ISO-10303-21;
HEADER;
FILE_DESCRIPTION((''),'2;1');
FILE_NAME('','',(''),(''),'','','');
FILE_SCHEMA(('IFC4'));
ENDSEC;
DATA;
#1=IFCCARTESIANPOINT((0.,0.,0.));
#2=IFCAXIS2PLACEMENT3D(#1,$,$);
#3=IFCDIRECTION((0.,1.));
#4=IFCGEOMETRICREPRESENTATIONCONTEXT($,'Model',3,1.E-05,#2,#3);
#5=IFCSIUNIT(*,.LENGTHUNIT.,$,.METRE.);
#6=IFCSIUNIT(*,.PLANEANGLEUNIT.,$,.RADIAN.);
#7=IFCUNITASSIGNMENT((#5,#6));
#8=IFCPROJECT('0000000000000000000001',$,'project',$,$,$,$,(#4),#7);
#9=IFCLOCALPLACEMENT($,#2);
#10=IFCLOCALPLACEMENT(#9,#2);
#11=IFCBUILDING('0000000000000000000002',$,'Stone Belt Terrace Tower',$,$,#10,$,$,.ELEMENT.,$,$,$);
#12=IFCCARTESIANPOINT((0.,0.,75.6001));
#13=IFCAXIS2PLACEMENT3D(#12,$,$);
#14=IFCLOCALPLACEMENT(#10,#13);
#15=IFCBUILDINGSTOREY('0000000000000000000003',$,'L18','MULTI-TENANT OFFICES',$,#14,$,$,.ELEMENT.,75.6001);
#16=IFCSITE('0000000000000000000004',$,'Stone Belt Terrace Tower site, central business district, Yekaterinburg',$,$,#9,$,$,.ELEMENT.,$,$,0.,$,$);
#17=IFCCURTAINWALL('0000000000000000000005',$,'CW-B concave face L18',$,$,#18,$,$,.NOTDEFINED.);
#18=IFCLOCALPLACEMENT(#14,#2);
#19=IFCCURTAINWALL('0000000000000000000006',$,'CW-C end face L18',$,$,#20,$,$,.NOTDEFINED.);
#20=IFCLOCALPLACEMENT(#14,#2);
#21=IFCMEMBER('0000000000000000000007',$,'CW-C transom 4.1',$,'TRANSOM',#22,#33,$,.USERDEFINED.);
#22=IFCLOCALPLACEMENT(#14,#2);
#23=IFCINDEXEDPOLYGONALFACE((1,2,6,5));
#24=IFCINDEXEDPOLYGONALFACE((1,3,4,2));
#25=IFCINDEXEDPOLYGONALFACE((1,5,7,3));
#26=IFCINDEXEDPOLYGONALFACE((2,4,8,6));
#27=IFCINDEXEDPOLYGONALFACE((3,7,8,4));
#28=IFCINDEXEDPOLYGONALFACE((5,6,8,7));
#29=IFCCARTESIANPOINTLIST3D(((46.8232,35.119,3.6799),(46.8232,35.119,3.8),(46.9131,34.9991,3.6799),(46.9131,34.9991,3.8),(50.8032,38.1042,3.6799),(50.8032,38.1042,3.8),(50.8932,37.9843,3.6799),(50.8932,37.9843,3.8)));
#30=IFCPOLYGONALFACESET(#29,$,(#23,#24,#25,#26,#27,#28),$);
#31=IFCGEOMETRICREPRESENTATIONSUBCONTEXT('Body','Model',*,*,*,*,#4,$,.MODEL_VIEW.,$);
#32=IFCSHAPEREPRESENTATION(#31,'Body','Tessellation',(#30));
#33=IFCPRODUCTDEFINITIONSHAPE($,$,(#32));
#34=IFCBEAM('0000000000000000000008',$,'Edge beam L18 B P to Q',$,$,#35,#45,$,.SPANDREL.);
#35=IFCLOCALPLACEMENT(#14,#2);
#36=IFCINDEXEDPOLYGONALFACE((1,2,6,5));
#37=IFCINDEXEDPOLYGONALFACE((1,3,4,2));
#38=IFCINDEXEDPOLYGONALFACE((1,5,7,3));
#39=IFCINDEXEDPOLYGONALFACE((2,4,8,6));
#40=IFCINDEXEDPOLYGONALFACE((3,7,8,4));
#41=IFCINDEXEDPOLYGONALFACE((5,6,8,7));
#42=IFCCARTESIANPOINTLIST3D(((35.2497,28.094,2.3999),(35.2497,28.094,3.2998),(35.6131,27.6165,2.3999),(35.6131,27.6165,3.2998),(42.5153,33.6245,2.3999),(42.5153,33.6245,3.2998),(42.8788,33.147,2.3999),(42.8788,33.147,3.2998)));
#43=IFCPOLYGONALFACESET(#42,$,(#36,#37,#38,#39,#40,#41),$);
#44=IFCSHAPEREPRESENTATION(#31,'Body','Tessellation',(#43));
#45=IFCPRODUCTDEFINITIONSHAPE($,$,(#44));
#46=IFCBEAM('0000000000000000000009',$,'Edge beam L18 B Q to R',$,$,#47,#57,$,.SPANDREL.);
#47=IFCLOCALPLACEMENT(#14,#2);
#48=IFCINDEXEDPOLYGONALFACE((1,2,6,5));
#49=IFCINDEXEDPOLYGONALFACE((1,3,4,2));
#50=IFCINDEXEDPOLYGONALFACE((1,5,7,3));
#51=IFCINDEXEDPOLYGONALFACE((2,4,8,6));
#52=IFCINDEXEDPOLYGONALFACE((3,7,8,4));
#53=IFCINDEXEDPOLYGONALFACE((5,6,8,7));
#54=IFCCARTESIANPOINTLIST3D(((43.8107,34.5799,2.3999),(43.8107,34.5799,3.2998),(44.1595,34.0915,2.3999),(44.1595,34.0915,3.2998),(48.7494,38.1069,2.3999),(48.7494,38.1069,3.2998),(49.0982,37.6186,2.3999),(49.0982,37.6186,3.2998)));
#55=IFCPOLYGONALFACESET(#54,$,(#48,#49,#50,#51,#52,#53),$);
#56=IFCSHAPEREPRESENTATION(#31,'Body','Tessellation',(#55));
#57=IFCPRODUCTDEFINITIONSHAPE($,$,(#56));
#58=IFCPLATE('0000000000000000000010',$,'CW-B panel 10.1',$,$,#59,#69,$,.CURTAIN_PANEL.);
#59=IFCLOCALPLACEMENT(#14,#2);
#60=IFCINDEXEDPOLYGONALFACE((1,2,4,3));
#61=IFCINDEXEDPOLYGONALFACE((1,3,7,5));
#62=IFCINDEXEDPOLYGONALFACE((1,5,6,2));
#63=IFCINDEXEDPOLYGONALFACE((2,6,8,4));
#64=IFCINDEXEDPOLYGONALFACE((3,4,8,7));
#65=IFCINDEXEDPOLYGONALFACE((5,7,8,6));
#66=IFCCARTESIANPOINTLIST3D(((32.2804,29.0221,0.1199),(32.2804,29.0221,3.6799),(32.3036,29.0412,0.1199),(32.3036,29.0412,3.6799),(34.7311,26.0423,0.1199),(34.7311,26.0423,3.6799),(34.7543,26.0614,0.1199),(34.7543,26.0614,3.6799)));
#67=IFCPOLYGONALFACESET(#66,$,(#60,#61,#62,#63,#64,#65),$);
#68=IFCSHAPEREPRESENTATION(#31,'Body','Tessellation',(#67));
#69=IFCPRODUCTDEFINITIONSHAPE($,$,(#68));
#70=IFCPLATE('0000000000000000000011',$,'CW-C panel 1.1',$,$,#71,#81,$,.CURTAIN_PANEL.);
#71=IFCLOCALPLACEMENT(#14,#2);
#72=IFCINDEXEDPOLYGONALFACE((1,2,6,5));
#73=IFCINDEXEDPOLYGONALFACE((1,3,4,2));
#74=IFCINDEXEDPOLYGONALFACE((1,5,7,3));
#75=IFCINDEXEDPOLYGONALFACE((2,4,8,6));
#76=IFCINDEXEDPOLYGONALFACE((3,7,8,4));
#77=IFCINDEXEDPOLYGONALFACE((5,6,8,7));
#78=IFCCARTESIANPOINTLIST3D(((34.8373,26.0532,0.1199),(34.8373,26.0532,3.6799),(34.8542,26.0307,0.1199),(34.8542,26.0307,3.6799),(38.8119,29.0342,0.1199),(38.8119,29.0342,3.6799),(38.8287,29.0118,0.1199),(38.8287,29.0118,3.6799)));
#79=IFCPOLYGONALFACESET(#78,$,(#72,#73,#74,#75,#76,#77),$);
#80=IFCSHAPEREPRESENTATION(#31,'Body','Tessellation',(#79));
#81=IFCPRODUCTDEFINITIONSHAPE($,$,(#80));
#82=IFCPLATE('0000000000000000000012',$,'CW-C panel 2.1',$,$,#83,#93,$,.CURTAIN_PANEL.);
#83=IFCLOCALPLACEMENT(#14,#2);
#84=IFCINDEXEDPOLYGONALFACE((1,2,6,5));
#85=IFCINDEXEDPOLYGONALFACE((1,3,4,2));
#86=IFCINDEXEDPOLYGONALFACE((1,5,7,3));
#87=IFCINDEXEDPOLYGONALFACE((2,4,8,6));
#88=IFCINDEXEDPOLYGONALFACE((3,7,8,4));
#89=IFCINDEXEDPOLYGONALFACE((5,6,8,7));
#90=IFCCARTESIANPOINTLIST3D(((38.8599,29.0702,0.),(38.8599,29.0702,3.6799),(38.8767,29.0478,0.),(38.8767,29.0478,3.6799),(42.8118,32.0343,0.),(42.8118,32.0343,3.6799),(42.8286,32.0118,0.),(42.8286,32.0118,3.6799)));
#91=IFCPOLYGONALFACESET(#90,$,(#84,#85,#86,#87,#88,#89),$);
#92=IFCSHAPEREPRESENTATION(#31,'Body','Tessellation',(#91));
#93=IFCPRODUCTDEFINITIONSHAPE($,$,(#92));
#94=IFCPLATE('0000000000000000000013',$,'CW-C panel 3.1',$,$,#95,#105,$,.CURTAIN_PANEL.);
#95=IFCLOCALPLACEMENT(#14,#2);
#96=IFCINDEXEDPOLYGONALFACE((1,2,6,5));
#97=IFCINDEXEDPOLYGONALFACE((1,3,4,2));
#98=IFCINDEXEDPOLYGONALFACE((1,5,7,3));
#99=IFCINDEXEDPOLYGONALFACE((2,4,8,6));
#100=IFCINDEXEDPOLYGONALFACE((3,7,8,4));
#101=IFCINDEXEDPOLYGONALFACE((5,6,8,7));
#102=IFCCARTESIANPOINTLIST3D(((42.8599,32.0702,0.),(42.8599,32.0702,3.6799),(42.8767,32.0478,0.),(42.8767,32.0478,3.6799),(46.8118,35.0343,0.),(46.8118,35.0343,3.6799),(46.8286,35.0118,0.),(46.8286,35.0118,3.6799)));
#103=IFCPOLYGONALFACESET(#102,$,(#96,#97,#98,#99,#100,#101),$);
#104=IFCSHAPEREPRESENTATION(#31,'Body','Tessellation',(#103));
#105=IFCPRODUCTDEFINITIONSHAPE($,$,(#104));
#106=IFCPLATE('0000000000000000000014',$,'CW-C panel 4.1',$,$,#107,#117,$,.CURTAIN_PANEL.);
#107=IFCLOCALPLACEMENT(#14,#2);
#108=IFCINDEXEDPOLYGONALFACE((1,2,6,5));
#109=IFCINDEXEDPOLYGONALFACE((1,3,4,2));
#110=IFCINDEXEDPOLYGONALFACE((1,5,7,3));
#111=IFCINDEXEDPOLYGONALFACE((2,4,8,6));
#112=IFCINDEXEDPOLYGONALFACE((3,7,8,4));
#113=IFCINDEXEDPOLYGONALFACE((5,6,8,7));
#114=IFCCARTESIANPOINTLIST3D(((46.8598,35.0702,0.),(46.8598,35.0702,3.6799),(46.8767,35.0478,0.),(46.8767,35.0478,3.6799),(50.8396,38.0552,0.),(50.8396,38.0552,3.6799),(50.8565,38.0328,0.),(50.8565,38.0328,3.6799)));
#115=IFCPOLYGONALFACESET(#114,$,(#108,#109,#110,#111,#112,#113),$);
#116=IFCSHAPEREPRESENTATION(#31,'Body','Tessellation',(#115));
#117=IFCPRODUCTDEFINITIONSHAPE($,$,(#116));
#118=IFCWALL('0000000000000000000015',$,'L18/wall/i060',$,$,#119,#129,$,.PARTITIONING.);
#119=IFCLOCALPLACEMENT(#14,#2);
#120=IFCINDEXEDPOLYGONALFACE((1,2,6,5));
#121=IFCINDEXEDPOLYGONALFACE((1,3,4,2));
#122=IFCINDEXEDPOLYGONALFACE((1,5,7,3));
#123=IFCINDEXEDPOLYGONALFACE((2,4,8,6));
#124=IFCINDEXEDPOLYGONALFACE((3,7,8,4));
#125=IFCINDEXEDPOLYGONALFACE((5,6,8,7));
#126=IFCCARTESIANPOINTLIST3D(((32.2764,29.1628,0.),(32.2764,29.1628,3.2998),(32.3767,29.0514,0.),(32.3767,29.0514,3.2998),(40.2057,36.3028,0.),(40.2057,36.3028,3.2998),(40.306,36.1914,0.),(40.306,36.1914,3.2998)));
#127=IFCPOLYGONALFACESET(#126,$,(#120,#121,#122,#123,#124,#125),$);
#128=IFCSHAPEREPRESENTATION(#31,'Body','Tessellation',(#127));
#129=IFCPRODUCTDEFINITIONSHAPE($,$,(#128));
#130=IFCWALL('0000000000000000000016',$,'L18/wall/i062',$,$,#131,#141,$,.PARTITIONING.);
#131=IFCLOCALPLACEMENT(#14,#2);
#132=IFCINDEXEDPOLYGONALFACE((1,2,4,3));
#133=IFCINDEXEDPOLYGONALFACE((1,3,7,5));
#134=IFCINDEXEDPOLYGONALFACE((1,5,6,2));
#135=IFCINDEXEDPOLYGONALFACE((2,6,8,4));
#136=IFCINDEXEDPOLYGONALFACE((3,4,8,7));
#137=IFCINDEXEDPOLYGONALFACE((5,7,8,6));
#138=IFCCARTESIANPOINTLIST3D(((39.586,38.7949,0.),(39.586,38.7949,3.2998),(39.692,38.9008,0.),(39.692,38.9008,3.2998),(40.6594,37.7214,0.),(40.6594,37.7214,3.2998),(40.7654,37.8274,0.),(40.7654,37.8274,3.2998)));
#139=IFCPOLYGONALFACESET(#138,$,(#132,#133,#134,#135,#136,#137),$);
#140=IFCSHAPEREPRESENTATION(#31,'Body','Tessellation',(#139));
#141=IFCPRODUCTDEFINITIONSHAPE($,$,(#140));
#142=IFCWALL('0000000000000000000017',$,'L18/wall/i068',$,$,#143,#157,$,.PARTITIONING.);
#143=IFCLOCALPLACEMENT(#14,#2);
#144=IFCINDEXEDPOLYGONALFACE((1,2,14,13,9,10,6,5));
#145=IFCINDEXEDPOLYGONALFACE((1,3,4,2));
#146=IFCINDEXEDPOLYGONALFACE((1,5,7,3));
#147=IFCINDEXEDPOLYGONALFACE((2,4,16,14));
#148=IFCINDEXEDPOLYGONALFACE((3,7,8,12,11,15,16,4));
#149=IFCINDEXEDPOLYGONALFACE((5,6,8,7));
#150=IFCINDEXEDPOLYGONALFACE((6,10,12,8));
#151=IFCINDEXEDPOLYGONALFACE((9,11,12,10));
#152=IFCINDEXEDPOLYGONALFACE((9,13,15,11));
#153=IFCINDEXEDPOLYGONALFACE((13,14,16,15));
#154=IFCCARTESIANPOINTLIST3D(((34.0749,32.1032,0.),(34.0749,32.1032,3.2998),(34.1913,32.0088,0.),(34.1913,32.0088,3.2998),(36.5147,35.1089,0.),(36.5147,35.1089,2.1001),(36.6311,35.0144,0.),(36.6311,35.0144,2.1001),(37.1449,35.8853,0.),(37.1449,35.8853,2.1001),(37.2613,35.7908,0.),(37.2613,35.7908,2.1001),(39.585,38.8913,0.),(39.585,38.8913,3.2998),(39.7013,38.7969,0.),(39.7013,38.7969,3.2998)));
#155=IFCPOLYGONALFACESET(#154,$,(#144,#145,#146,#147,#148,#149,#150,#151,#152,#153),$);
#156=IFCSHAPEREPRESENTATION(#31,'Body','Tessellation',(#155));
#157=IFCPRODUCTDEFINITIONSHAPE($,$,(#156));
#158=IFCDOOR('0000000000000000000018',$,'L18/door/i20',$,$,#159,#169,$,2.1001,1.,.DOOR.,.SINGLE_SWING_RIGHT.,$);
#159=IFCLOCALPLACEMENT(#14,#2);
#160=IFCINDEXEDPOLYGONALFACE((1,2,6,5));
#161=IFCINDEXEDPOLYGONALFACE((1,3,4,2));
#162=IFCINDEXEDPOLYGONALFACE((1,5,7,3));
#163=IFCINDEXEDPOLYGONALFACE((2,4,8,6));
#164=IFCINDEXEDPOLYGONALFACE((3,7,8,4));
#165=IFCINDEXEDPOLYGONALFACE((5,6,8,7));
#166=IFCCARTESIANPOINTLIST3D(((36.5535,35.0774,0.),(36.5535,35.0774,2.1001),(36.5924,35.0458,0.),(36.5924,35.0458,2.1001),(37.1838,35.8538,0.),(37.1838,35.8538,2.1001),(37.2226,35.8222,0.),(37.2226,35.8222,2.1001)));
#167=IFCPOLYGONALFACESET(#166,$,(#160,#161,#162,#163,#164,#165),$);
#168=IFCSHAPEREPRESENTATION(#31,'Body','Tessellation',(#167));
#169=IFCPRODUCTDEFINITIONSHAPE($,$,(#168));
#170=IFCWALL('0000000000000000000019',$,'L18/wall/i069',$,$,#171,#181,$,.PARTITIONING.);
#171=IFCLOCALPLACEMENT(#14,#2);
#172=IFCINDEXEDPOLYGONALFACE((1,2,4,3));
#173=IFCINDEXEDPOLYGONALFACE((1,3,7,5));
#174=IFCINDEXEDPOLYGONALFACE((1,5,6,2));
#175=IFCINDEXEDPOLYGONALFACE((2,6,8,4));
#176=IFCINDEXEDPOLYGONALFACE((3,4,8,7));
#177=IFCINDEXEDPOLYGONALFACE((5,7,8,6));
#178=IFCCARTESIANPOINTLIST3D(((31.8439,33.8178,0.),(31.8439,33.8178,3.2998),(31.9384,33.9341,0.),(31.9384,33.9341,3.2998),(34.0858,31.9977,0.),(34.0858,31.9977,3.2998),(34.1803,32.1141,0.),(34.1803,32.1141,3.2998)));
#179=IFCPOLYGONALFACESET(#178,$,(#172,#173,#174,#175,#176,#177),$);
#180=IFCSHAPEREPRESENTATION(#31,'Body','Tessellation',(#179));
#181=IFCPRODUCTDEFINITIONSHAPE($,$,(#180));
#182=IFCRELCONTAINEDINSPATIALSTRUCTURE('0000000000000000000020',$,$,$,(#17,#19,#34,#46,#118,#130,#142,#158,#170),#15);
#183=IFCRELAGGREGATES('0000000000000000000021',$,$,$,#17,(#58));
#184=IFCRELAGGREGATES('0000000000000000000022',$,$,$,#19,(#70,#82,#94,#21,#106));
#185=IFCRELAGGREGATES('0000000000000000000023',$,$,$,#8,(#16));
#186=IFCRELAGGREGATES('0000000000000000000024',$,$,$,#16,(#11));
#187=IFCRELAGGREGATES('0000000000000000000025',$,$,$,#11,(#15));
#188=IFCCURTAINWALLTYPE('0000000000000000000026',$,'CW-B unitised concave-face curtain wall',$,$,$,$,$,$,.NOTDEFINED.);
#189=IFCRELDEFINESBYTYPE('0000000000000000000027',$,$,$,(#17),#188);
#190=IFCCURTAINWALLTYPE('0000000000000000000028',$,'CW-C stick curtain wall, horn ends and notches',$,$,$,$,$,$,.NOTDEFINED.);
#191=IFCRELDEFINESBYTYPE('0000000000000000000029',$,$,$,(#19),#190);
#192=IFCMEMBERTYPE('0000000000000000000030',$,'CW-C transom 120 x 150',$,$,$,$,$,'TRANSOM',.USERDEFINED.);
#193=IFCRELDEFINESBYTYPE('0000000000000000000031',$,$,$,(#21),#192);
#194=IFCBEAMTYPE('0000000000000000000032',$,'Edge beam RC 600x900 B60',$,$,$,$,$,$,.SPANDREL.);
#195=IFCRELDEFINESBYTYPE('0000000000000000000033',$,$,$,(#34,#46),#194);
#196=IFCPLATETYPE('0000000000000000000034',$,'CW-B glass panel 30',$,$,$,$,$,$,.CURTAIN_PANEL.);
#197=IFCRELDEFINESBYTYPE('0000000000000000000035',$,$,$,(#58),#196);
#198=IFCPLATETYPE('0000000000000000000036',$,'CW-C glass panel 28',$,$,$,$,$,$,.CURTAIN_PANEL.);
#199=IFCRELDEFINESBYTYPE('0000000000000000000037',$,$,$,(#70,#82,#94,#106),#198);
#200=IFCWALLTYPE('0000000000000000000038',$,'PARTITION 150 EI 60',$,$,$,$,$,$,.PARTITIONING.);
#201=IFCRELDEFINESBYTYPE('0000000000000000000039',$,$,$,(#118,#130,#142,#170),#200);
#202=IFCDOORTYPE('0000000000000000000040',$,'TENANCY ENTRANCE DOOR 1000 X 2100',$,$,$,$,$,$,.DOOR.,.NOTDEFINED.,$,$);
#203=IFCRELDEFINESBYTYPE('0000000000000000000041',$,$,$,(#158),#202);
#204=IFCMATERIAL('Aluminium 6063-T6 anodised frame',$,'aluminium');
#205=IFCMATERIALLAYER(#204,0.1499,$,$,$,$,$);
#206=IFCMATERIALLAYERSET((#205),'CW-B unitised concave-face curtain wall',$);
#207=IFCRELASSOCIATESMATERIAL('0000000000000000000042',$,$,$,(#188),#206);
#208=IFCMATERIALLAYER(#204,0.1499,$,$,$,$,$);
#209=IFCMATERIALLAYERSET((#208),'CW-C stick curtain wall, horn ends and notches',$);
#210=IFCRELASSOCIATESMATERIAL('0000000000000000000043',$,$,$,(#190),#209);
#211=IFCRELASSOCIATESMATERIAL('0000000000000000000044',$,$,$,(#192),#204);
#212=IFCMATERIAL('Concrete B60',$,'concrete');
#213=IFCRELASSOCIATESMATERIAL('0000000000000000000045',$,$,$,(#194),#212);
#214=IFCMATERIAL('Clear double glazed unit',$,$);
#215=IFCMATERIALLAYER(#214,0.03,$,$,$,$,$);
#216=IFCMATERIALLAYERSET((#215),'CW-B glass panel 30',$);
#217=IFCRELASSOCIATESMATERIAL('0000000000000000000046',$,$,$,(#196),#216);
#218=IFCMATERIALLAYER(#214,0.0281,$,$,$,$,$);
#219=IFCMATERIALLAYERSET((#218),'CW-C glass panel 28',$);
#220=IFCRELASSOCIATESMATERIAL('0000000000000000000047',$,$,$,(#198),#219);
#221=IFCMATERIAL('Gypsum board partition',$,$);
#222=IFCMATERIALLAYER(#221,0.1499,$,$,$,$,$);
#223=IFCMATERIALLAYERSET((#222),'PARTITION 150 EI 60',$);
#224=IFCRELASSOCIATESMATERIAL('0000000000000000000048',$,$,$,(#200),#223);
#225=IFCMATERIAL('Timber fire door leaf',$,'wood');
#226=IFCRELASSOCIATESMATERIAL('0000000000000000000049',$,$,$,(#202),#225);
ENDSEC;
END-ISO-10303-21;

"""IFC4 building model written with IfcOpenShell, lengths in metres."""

from ifc_helpers import new_model, si_unit, direction, frame, frame_2d, origin, origin_2d, place, context, subcontext, project, spatial, rectangle, extrude, material, layer, layer_set, material_profile, profile_set, type_object, element, fill, aggregate, save


model = new_model("IFC4")

# Units and contexts
model_context = context("Model", 3, precision=1e-05, world=origin(), true_north=direction((0.0, 1.0)))
body_context = subcontext(model_context, "Body", "Model", "MODEL_VIEW")
ifc_project = project(units=[si_unit("LENGTHUNIT", "METRE"), si_unit("PLANEANGLEUNIT", "RADIAN")], contexts=[model_context])

# Site, building, storey
site_placement = place(None, origin())
site = spatial("IfcSite", under=ifc_project, at=site_placement, Name="Stone Belt Terrace Tower site, central business district, Yekaterinburg", CompositionType="ELEMENT", RefElevation=0.0)
building_placement = place(site_placement, origin())
building = spatial("IfcBuilding", under=site, at=building_placement, Name="Stone Belt Terrace Tower", CompositionType="ELEMENT")
storey_placement = place(building_placement, frame((0.0, 0.0, 75.6001)))
storey = spatial("IfcBuildingStorey", under=building, at=storey_placement, Name="L18", Description="MULTI-TENANT OFFICES", CompositionType="ELEMENT", Elevation=75.6001)

# Curtain walls, member
ifc_material_1 = material(Name="Aluminium 6063-T6 anodised frame", Category="aluminium")
ifc_layer_1 = layer(ifc_material_1, 0.1499)
ifc_layer_set_1 = layer_set([ifc_layer_1], Name="CW-B unitised concave-face curtain wall")
curtain_wall_type_1 = type_object("IfcCurtainWallType", Name="CW-B unitised concave-face curtain wall", PredefinedType="NOTDEFINED", material=ifc_layer_set_1)
curtain_wall_1_placement = place(storey_placement, origin())
curtain_wall_1 = element("IfcCurtainWall", 1, at=curtain_wall_1_placement, inside=storey, type_object=curtain_wall_type_1, Name="CW-B concave face L18", PredefinedType="NOTDEFINED")
ifc_layer_2 = layer(ifc_material_1, 0.1499)
ifc_layer_set_2 = layer_set([ifc_layer_2], Name="CW-C stick curtain wall, horn ends and notches")
curtain_wall_type_2 = type_object("IfcCurtainWallType", Name="CW-C stick curtain wall, horn ends and notches", PredefinedType="NOTDEFINED", material=ifc_layer_set_2)
curtain_wall_2_placement = place(storey_placement, origin())
curtain_wall_2 = element("IfcCurtainWall", 2, at=curtain_wall_2_placement, inside=storey, type_object=curtain_wall_type_2, Name="CW-C end face L18", PredefinedType="NOTDEFINED")
ifc_material_profile_1 = material_profile(ifc_material_1, rectangle(XDim=0.1499, YDim=0.1201, at=origin_2d()), Name="Aluminium 6063-T6 150x120")
ifc_profile_set_1 = profile_set([ifc_material_profile_1], Name="Aluminium 6063-T6 anodised frame")
member_type_1 = type_object("IfcMemberType", Name="CW-C transom 120 x 150", ElementType="TRANSOM", PredefinedType="USERDEFINED", material=ifc_profile_set_1)
member_1_placement = place(storey_placement, frame((46.8682, 35.0591, 3.74), z_axis=(0.799988, 0.600016, 0.0), x_axis=(-0.600016, 0.799988, 0.0)))
member_1 = element("IfcMember", 3, at=member_1_placement, type_object=member_type_1, Name="CW-C transom 4.1", ObjectType="TRANSOM", PredefinedType="USERDEFINED", context=body_context, shape_type="SweptSolid", body=[
    extrude(rectangle(XDim=0.1499, YDim=0.1201, at=origin_2d()), origin(), (0.0, 0.0, 1.0), 4.9751),
])

# Beams
ifc_material_2 = material(Name="Concrete B60", Category="concrete")
ifc_material_profile_2 = material_profile(ifc_material_2, rectangle(XDim=0.6001, YDim=0.8999, at=origin_2d()), Name="RC 600x900")
ifc_profile_set_2 = profile_set([ifc_material_profile_2], Name="Concrete B60")
beam_type = type_object("IfcBeamType", Name="Edge beam RC 600x900 B60", PredefinedType="SPANDREL", material=ifc_profile_set_2)
beam_1_placement = place(storey_placement, frame((35.4314, 27.8552, 2.8499), z_axis=(0.795706, 0.605683, 0.0), x_axis=(-0.605683, 0.795706, 0.0)))
element("IfcBeam", 4, at=beam_1_placement, inside=storey, type_object=beam_type, Name="Edge beam L18 B P to Q", PredefinedType="SPANDREL", context=body_context, shape_type="SweptSolid", body=[
    extrude(rectangle(XDim=0.6001, YDim=0.8999, at=origin_2d()), origin(), (0.0, 0.0, 1.0), 9.1311),
])
beam_2_placement = place(storey_placement, frame((43.9851, 34.3357, 2.8499), z_axis=(0.813777, 0.581177, 0.0), x_axis=(-0.581177, 0.813777, 0.0)))
element("IfcBeam", 5, at=beam_2_placement, inside=storey, type_object=beam_type, Name="Edge beam L18 B Q to R", PredefinedType="SPANDREL", context=body_context, shape_type="SweptSolid", body=[
    extrude(rectangle(XDim=0.6001, YDim=0.8999, at=origin_2d()), origin(), (0.0, 0.0, 1.0), 6.0688),
])

# Plates
ifc_material_3 = material(Name="Clear double glazed unit")
ifc_layer_3 = layer(ifc_material_3, 0.03)
ifc_layer_set_3 = layer_set([ifc_layer_3], Name="CW-B glass panel 30")
plate_type_1 = type_object("IfcPlateType", Name="CW-B glass panel 30", PredefinedType="CURTAIN_PANEL", material=ifc_layer_set_3)
plate_1_placement = place(storey_placement, frame((33.5173, 27.5417, 0.1199), z_axis=(0.0, 0.0, 1.0), x_axis=(0.63521, -0.772339, 0.0)))
plate_1 = element("IfcPlate", 6, at=plate_1_placement, type_object=plate_type_1, Name="CW-B panel 10.1", PredefinedType="CURTAIN_PANEL", context=body_context, shape_type="SweptSolid", body=[
    extrude(rectangle(XDim=3.8582, YDim=0.03, at=origin_2d()), origin(), (0.0, 0.0, 1.0), 3.5601),
])
aggregate(curtain_wall_1, [plate_1])
ifc_layer_4 = layer(ifc_material_3, 0.0281)
ifc_layer_set_4 = layer_set([ifc_layer_4], Name="CW-C glass panel 28")
plate_type_2 = type_object("IfcPlateType", Name="CW-C glass panel 28", PredefinedType="CURTAIN_PANEL", material=ifc_layer_set_4)
plate_2_placement = place(storey_placement, frame((36.833, 27.5325, 0.1199), z_axis=(0.0, 0.0, 1.0), x_axis=(0.799987, 0.600018, 0.0)))
plate_2 = element("IfcPlate", 7, at=plate_2_placement, type_object=plate_type_2, Name="CW-C panel 1.1", PredefinedType="CURTAIN_PANEL", context=body_context, shape_type="SweptSolid", body=[
    extrude(rectangle(XDim=4.9683, YDim=0.0281, at=origin_2d()), origin(), (0.0, 0.0, 1.0), 3.5601),
])
plate_3_placement = place(storey_placement, frame((40.8442, 30.541, 0.0), z_axis=(0.0, 0.0, 1.0), x_axis=(0.799987, 0.600018, 0.0)))
plate_3 = element("IfcPlate", 8, at=plate_3_placement, type_object=plate_type_2, Name="CW-C panel 2.1", PredefinedType="CURTAIN_PANEL", context=body_context, shape_type="SweptSolid", body=[
    extrude(rectangle(XDim=4.9399, YDim=0.0281, at=origin_2d()), origin(), (0.0, 0.0, 1.0), 3.6799),
])
plate_4_placement = place(storey_placement, frame((44.8442, 33.541, 0.0), z_axis=(0.0, 0.0, 1.0), x_axis=(0.799987, 0.600018, 0.0)))
plate_4 = element("IfcPlate", 9, at=plate_4_placement, type_object=plate_type_2, Name="CW-C panel 3.1", PredefinedType="CURTAIN_PANEL", context=body_context, shape_type="SweptSolid", body=[
    extrude(rectangle(XDim=4.9399, YDim=0.0281, at=origin_2d()), origin(), (0.0, 0.0, 1.0), 3.6799),
])
plate_5_placement = place(storey_placement, frame((48.8582, 36.5515, 0.0), z_axis=(0.0, 0.0, 1.0), x_axis=(0.799987, 0.600018, 0.0)))
plate_5 = element("IfcPlate", 10, at=plate_5_placement, type_object=plate_type_2, Name="CW-C panel 4.1", PredefinedType="CURTAIN_PANEL", context=body_context, shape_type="SweptSolid", body=[
    extrude(rectangle(XDim=4.9749, YDim=0.0281, at=origin_2d()), origin(), (0.0, 0.0, 1.0), 3.6799),
])
aggregate(curtain_wall_2, [plate_2, plate_3, plate_4, member_1, plate_5])

# Walls
ifc_material_4 = material(Name="Gypsum board partition")
ifc_layer_5 = layer(ifc_material_4, 0.1499)
ifc_layer_set_5 = layer_set([ifc_layer_5], Name="PARTITION 150 EI 60")
wall_type_1 = type_object("IfcWallType", Name="PARTITION 150 EI 60", PredefinedType="PARTITIONING", material=ifc_layer_set_5)
wall_1_placement = place(storey_placement, frame((32.3267, 29.1072, 0.0), z_axis=(0.0, 0.0, 1.0), x_axis=(0.743126, 0.669152, 0.0)))
element("IfcWall", 11, at=wall_1_placement, inside=storey, type_object=wall_type_1, Name="L18/wall/i060", PredefinedType="PARTITIONING", context=body_context, shape_type="SweptSolid", body=[
    extrude(rectangle(XDim=10.6702, YDim=0.1499, at=frame_2d((5.335, 0.0))), origin(), (0.0, 0.0, 1.0), 3.2998),
])
wall_2_placement = place(storey_placement, frame((40.7124, 37.7744, 0.0), z_axis=(0.0, 0.0, 1.0), x_axis=(-0.707107, 0.707107, 0.0)))
element("IfcWall", 12, at=wall_2_placement, inside=storey, type_object=wall_type_1, Name="L18/wall/i062", PredefinedType="PARTITIONING", context=body_context, shape_type="SweptSolid", body=[
    extrude(rectangle(XDim=1.5181, YDim=0.1499, at=frame_2d((0.759, 0.0))), origin(), (0.0, 0.0, 1.0), 3.2998),
])

# Wall, opening, door
wall_3_placement = place(storey_placement, frame((34.1331, 32.0559, 0.0), z_axis=(0.0, 0.0, 1.0), x_axis=(0.630227, 0.776411, 0.0)))
wall_3 = element("IfcWall", 13, at=wall_3_placement, inside=storey, type_object=wall_type_1, Name="L18/wall/i068", PredefinedType="PARTITIONING", context=body_context, shape_type="SweptSolid", body=[
    extrude(rectangle(XDim=8.7429, YDim=0.1499, at=frame_2d((4.3716, 0.0))), origin(), (0.0, 0.0, 1.0), 3.2998),
])
opening_1_placement = place(wall_3_placement, frame((3.8713, 0.0, 0.0)))
opening_1 = element("IfcOpeningElement", 14, at=opening_1_placement, cuts=wall_3, PredefinedType="OPENING", context=body_context, shape_type="SweptSolid", body=[
    extrude(rectangle(XDim=1.0, YDim=2.1001, at=frame_2d((0.5, 1.05))), frame((0.0, 0.085, 0.0), z_axis=(0.0, -1.0, 0.0), x_axis=(1.0, 0.0, 0.0)), (0.0, 0.0, 1.0), 0.1699),
])
ifc_material_5 = material(Name="Timber fire door leaf", Category="wood")
door_type_1 = type_object("IfcDoorType", Name="TENANCY ENTRANCE DOOR 1000 X 2100", OperationType="NOTDEFINED", PredefinedType="DOOR", material=ifc_material_5)
door_1_placement = place(opening_1_placement, origin())
door_1 = element("IfcDoor", 15, at=door_1_placement, inside=storey, type_object=door_type_1, Name="L18/door/i20", OperationType="SINGLE_SWING_RIGHT", OverallHeight=2.1001, OverallWidth=1.0, PredefinedType="DOOR", context=body_context, shape_type="SweptSolid", body=[
    extrude(rectangle(XDim=1.0, YDim=2.1001, at=frame_2d((0.5, 1.05))), frame((0.0, 0.0249, 0.0), z_axis=(0.0, -1.0, 0.0), x_axis=(1.0, 0.0, 0.0)), (0.0, 0.0, 1.0), 0.05),
])
fill(opening_1, door_1)

# Wall
wall_4_placement = place(storey_placement, frame((34.1331, 32.0559, 0.0), z_axis=(0.0, 0.0, 1.0), x_axis=(-0.77637, 0.630277, 0.0)))
element("IfcWall", 16, at=wall_4_placement, inside=storey, type_object=wall_type_1, Name="L18/wall/i069", PredefinedType="PARTITIONING", context=body_context, shape_type="SweptSolid", body=[
    extrude(rectangle(XDim=2.8877, YDim=0.1499, at=frame_2d((1.4438, 0.0))), origin(), (0.0, 0.0, 1.0), 3.2998),
])

save(model, "model.ifc")
